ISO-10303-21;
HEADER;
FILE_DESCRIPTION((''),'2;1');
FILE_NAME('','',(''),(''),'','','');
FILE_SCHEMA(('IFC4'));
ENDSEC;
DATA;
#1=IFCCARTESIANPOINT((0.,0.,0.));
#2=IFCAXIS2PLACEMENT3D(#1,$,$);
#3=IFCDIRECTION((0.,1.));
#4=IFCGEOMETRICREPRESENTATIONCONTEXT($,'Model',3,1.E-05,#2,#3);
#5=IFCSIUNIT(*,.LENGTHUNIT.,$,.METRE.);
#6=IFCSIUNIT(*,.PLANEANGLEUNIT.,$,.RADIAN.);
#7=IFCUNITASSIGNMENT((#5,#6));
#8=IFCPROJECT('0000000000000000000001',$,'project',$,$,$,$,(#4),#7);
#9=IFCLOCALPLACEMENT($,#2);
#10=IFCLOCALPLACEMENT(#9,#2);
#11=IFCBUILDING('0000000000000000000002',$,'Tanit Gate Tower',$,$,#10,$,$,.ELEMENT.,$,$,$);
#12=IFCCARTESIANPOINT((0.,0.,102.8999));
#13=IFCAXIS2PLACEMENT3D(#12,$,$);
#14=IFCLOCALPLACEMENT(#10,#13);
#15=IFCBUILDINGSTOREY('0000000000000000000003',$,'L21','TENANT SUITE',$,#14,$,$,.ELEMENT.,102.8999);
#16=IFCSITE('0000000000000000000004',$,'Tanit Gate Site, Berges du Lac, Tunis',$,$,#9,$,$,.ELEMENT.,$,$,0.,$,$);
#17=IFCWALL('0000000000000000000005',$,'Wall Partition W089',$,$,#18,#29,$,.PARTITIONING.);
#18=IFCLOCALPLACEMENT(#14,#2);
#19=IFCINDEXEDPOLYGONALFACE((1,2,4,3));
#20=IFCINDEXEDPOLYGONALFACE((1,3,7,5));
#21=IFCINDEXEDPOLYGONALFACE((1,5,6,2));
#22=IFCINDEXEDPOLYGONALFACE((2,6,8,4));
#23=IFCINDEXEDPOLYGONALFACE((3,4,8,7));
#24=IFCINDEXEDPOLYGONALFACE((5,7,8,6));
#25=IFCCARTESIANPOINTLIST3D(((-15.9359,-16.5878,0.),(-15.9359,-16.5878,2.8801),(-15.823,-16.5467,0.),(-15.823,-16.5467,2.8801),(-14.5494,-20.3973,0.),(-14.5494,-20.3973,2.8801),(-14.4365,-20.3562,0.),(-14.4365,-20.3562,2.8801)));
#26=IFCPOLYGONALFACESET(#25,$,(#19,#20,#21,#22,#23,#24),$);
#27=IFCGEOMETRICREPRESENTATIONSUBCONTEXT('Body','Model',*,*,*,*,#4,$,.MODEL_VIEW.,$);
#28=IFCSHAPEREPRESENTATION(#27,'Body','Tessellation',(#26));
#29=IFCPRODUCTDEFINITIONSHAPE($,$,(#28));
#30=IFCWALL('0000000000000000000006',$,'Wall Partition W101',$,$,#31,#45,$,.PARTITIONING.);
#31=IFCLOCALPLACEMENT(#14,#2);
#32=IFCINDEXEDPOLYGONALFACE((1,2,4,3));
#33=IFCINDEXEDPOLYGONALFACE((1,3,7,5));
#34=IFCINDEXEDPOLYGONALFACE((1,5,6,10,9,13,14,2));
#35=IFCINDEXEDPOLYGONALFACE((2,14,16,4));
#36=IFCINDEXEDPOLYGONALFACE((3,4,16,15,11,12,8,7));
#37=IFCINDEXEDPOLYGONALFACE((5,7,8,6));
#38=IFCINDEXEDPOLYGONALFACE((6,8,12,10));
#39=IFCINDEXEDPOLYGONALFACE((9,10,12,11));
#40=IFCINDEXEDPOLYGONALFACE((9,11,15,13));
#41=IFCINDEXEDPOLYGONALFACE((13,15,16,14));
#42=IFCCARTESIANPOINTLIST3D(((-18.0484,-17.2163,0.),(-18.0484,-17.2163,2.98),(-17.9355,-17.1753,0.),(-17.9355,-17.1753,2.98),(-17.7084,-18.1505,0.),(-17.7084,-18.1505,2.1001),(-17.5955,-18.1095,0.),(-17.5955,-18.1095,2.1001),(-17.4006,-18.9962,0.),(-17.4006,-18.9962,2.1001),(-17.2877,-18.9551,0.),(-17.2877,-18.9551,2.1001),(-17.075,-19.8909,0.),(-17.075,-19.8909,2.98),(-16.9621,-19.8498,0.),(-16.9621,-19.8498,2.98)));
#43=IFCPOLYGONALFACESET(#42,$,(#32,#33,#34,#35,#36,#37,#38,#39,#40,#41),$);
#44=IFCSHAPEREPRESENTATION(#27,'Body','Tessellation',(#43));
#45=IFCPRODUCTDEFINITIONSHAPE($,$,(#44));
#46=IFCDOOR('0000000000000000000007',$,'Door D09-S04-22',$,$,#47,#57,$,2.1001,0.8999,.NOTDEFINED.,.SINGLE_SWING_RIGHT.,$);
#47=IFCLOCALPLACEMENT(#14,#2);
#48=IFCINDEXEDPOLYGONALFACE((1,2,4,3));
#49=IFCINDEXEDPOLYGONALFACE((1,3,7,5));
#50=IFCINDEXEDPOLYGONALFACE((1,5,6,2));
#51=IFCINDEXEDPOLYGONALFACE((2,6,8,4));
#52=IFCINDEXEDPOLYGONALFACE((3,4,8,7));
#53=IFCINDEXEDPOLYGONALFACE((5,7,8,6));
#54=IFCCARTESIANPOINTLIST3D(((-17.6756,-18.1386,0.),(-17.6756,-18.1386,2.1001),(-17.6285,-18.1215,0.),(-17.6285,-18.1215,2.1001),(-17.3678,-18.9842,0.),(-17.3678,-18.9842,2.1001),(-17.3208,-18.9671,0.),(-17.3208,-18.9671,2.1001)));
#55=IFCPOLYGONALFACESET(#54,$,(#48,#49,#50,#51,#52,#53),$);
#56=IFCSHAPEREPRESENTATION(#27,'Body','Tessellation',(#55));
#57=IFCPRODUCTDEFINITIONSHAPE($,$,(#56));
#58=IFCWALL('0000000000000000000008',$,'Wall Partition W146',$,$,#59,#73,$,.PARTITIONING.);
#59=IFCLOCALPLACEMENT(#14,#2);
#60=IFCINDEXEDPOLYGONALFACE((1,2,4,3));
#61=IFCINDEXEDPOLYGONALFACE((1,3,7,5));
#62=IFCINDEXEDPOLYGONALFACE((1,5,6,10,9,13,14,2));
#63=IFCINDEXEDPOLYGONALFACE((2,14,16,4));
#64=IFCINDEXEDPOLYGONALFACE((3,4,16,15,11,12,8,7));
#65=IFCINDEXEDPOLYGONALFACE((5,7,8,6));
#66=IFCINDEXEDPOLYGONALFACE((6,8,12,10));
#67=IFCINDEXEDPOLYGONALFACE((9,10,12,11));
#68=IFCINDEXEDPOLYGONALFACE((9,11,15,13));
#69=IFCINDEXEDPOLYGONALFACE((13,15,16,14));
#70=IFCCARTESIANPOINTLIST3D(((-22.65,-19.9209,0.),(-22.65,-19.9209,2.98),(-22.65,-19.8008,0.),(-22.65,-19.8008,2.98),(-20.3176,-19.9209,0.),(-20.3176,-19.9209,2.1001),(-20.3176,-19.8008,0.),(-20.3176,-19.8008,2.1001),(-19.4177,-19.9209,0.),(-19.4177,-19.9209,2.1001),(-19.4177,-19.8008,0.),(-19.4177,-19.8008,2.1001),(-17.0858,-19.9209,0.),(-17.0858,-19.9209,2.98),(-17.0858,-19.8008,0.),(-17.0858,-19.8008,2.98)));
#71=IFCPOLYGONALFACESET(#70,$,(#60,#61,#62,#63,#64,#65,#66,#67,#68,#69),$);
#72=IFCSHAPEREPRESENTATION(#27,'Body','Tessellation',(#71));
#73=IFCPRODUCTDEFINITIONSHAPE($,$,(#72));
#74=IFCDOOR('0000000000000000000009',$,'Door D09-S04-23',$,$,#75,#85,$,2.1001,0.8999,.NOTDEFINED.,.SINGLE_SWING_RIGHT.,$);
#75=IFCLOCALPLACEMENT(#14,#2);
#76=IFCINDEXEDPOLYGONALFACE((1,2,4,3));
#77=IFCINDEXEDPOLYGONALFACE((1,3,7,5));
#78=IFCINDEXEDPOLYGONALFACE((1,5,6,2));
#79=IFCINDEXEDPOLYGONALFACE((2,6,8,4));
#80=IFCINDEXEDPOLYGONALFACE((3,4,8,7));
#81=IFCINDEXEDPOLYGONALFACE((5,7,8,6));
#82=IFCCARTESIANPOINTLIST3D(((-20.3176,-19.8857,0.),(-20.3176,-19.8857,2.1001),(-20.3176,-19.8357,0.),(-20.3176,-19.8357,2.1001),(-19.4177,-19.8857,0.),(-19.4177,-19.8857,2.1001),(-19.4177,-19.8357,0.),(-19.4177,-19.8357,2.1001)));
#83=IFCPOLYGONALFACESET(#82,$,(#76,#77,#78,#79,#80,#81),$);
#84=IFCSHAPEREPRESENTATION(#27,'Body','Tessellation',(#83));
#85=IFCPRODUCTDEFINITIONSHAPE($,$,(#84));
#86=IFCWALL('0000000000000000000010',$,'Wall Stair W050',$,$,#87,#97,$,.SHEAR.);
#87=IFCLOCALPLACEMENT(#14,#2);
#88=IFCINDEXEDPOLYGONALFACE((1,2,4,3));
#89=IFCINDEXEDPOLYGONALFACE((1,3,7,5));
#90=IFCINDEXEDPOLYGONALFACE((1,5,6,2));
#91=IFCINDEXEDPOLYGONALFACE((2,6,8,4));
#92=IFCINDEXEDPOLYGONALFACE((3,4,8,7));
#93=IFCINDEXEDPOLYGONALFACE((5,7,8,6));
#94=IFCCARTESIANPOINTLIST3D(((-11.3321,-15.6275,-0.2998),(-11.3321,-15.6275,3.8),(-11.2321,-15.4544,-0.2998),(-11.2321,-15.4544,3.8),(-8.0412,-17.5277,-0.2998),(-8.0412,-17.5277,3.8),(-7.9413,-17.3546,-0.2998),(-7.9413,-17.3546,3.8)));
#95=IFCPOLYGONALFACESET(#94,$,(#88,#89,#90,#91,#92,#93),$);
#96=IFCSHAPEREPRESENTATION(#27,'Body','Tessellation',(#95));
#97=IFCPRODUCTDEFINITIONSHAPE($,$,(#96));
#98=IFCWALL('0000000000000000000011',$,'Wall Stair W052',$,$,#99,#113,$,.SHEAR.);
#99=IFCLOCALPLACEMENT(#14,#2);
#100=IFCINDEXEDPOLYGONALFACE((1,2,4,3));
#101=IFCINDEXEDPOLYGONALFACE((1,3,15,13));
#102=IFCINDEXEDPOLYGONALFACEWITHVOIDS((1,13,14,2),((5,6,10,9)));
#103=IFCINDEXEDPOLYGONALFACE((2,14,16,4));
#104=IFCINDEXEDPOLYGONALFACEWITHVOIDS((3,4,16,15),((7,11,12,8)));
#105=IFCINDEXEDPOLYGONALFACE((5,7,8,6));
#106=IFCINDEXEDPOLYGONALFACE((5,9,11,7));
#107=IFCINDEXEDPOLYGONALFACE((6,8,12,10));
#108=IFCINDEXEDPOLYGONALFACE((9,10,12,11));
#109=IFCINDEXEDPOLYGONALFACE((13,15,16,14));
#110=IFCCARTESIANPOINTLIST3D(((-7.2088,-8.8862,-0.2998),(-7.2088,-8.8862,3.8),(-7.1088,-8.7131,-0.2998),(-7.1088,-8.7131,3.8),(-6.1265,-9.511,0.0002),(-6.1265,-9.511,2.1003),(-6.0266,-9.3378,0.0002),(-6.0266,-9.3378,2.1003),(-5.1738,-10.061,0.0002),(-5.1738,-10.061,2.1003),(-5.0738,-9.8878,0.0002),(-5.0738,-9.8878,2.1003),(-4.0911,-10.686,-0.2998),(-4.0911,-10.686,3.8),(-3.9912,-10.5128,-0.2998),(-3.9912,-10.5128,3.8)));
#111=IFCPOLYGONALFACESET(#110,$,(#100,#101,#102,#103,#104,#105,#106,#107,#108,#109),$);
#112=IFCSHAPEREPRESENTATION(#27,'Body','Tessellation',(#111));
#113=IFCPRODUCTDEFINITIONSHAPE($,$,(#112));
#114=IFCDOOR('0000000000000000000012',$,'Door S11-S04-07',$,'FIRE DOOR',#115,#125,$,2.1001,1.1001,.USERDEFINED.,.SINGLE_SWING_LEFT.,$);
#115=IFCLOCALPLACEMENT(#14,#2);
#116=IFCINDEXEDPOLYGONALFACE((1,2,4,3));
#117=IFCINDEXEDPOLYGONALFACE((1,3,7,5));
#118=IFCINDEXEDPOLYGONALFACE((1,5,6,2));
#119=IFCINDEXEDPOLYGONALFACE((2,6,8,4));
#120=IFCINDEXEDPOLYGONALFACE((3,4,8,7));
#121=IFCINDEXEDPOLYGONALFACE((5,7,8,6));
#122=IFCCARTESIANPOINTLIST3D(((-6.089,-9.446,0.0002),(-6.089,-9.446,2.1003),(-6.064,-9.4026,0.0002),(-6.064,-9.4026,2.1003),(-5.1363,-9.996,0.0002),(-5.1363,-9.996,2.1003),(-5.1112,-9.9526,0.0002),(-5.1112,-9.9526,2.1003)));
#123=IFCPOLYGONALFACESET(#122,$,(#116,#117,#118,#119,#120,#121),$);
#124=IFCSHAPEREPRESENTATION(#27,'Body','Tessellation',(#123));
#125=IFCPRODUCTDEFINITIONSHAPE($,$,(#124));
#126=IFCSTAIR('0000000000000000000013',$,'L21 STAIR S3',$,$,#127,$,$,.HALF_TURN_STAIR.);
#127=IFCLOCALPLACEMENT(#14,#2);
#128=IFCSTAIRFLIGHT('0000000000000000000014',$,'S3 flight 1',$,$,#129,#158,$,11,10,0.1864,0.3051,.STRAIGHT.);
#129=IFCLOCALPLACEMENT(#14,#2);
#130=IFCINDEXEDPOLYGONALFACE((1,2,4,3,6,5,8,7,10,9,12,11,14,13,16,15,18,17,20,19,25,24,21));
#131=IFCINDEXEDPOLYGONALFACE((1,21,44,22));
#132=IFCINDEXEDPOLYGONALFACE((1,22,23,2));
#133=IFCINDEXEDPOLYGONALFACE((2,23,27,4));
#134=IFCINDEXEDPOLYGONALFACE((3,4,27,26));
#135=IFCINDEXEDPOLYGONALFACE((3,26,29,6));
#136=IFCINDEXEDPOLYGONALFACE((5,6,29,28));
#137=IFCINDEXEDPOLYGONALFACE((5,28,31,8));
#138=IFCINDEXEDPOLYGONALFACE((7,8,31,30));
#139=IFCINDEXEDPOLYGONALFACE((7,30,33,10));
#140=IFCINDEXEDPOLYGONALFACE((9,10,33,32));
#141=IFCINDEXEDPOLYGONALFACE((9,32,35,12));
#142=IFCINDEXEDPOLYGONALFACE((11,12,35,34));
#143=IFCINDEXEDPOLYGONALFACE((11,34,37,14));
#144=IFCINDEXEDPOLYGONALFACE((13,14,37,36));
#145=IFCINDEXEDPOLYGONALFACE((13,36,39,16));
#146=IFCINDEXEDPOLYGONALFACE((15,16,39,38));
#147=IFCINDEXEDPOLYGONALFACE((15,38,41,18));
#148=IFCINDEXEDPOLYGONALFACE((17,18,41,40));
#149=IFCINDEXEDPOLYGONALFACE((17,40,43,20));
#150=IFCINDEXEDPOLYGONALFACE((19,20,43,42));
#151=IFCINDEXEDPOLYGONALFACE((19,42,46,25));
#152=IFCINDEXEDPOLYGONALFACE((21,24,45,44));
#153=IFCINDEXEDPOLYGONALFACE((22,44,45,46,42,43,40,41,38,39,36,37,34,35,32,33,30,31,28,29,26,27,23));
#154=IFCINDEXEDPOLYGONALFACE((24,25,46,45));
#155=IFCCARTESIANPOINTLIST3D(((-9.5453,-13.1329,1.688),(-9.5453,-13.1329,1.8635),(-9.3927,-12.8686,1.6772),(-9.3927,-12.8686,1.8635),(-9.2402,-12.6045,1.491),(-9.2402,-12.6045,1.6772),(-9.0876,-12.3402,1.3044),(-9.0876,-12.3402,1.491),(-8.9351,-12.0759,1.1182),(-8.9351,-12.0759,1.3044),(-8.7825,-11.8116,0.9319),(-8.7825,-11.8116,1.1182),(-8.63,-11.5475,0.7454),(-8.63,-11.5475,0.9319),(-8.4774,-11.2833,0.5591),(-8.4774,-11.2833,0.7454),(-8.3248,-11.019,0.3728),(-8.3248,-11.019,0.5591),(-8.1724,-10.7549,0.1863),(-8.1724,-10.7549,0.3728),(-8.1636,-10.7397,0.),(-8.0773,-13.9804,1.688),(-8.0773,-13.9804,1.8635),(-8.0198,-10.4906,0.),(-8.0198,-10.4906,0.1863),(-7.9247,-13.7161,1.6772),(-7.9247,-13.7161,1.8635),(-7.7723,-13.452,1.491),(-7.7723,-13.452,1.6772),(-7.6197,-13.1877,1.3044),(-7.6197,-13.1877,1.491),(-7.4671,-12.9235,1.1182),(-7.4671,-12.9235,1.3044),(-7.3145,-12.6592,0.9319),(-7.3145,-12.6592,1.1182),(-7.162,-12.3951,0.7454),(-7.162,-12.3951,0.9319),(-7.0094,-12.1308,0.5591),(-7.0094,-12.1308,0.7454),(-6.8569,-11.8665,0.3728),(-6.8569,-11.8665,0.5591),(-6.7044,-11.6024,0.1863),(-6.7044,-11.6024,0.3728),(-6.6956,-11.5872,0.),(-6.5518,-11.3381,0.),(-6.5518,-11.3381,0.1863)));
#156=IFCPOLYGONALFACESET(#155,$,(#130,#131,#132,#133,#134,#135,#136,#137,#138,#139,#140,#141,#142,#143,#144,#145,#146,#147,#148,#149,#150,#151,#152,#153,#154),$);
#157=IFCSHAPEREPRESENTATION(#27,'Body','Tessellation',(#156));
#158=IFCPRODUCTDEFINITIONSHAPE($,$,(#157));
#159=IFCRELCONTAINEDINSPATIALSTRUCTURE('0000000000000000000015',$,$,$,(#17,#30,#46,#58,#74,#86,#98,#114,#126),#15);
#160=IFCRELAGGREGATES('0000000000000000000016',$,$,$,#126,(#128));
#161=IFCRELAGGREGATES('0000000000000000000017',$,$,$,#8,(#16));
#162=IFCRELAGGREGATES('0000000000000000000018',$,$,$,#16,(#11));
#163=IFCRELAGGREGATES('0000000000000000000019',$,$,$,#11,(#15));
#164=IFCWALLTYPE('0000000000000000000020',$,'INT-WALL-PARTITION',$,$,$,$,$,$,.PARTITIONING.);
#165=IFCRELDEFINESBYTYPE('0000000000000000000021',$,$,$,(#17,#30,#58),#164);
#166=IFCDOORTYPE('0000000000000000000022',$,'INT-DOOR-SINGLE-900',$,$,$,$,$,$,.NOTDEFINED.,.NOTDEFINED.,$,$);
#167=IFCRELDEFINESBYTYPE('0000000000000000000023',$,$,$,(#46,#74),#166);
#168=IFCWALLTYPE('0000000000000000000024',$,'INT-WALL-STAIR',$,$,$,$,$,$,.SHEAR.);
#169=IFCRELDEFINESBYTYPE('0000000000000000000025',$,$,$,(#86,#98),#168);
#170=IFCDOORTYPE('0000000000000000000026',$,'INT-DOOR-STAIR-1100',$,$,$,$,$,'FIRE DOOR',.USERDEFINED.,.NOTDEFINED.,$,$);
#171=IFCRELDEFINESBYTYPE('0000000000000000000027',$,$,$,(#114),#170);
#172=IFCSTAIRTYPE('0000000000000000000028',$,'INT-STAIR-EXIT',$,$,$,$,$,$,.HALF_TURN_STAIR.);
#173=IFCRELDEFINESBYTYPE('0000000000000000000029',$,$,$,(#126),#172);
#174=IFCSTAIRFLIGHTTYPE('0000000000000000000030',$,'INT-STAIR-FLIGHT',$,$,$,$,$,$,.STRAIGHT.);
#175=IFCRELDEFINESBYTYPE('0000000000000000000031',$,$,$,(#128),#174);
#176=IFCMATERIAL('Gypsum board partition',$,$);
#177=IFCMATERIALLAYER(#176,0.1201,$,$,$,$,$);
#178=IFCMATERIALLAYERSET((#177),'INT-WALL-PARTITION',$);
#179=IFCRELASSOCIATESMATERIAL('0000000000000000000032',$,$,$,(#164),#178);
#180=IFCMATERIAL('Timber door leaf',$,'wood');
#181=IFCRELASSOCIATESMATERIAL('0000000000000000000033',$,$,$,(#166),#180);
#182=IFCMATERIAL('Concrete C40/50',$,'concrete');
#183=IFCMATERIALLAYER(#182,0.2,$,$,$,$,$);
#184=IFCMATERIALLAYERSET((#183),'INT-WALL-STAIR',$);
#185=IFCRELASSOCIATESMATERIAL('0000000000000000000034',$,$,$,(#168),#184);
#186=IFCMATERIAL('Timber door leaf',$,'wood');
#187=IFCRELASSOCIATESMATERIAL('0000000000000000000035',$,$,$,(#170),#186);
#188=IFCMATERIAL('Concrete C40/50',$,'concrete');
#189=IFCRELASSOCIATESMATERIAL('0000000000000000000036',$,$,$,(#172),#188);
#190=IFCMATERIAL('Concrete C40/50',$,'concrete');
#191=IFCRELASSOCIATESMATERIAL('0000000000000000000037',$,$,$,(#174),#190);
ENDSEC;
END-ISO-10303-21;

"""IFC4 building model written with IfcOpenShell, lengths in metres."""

from ifc_helpers import new_model, si_unit, direction, frame, frame_2d, origin, place, context, subcontext, project, spatial, polyline, rectangle, outline, extrude, material, layer, layer_set, type_object, element, fill, aggregate, save


model = new_model("IFC4")

# Units and contexts
model_context = context("Model", 3, precision=1e-05, world=origin(), true_north=direction((0.0, 1.0)))
body_context = subcontext(model_context, "Body", "Model", "MODEL_VIEW")
ifc_project = project(units=[si_unit("LENGTHUNIT", "METRE"), si_unit("PLANEANGLEUNIT", "RADIAN")], contexts=[model_context])

# Site, building, storey
site_placement = place(None, origin())
site = spatial("IfcSite", under=ifc_project, at=site_placement, Name="Tanit Gate Site, Berges du Lac, Tunis", CompositionType="ELEMENT", RefElevation=0.0)
building_placement = place(site_placement, origin())
building = spatial("IfcBuilding", under=site, at=building_placement, Name="Tanit Gate Tower", CompositionType="ELEMENT")
storey_placement = place(building_placement, frame((0.0, 0.0, 102.8999)))
storey = spatial("IfcBuildingStorey", under=building, at=storey_placement, Name="L21", Description="TENANT SUITE", CompositionType="ELEMENT", Elevation=102.8999)

# Wall
ifc_material_1 = material(Name="Gypsum board partition")
ifc_layer_1 = layer(ifc_material_1, 0.1201)
ifc_layer_set_1 = layer_set([ifc_layer_1], Name="INT-WALL-PARTITION")
wall_type_1 = type_object("IfcWallType", Name="INT-WALL-PARTITION", PredefinedType="PARTITIONING", material=ifc_layer_set_1)
wall_1_placement = place(storey_placement, frame((-15.8794, -16.5674, 0.0), z_axis=(0.0, 0.0, 1.0), x_axis=(0.341999, -0.9397, 0.0)))
element("IfcWall", 1, at=wall_1_placement, inside=storey, type_object=wall_type_1, Name="Wall Partition W089", PredefinedType="PARTITIONING", context=body_context, shape_type="SweptSolid", body=[
    extrude(rectangle(XDim=4.054, YDim=0.1201, at=frame_2d((2.0269, 0.0))), origin(), (0.0, 0.0, 1.0), 2.8801),
])

# Walls, openings, doors
wall_2_placement = place(storey_placement, frame((-17.9919, -17.1958, 0.0), z_axis=(0.0, 0.0, 1.0), x_axis=(0.341998, -0.939701, 0.0)))
wall_2 = element("IfcWall", 2, at=wall_2_placement, inside=storey, type_object=wall_type_1, Name="Wall Partition W101", PredefinedType="PARTITIONING", context=body_context, shape_type="SweptSolid", body=[
    extrude(rectangle(XDim=2.8462, YDim=0.1201, at=frame_2d((1.4231, 0.0))), origin(), (0.0, 0.0, 1.0), 2.98),
])
opening_1_placement = place(wall_2_placement, frame((0.9941, 0.0, 0.0)))
opening_1 = element("IfcOpeningElement", 3, at=opening_1_placement, cuts=wall_2, PredefinedType="OPENING", context=body_context, shape_type="SweptSolid", body=[
    extrude(rectangle(XDim=0.8999, YDim=2.1001, at=frame_2d((0.45, 1.05))), frame((0.0, 0.0701, 0.0), z_axis=(0.0, -1.0, 0.0), x_axis=(1.0, 0.0, 0.0)), (0.0, 0.0, 1.0), 0.1401),
])
ifc_material_2 = material(Name="Timber door leaf", Category="wood")
door_type_1 = type_object("IfcDoorType", Name="INT-DOOR-SINGLE-900", OperationType="NOTDEFINED", PredefinedType="NOTDEFINED", material=ifc_material_2)
door_1_placement = place(opening_1_placement, origin())
door_1 = element("IfcDoor", 4, at=door_1_placement, inside=storey, type_object=door_type_1, Name="Door D09-S04-22", OperationType="SINGLE_SWING_RIGHT", OverallHeight=2.1001, OverallWidth=0.8999, PredefinedType="NOTDEFINED", context=body_context, shape_type="SweptSolid", body=[
    extrude(rectangle(XDim=0.8999, YDim=2.1001, at=frame_2d((0.45, 1.05))), frame((0.0, 0.0249, 0.0), z_axis=(0.0, -1.0, 0.0), x_axis=(1.0, 0.0, 0.0)), (0.0, 0.0, 1.0), 0.05),
])
fill(opening_1, door_1)
wall_3_placement = place(storey_placement, frame((-17.0857, -19.8608, 0.0), z_axis=(0.0, 0.0, 1.0), x_axis=(-1.0, 0.0, 0.0)))
wall_3 = element("IfcWall", 5, at=wall_3_placement, inside=storey, type_object=wall_type_1, Name="Wall Partition W146", PredefinedType="PARTITIONING", context=body_context, shape_type="SweptSolid", body=[
    extrude(rectangle(XDim=5.5642, YDim=0.1201, at=frame_2d((2.7822, 0.0))), origin(), (0.0, 0.0, 1.0), 2.98),
])
opening_2_placement = place(wall_3_placement, frame((2.332, 0.0, 0.0)))
opening_2 = element("IfcOpeningElement", 6, at=opening_2_placement, cuts=wall_3, PredefinedType="OPENING", context=body_context, shape_type="SweptSolid", body=[
    extrude(rectangle(XDim=0.8999, YDim=2.1001, at=frame_2d((0.45, 1.05))), frame((0.0, 0.0701, 0.0), z_axis=(0.0, -1.0, 0.0), x_axis=(1.0, 0.0, 0.0)), (0.0, 0.0, 1.0), 0.1401),
])
door_2_placement = place(opening_2_placement, origin())
door_2 = element("IfcDoor", 7, at=door_2_placement, inside=storey, type_object=door_type_1, Name="Door D09-S04-23", OperationType="SINGLE_SWING_RIGHT", OverallHeight=2.1001, OverallWidth=0.8999, PredefinedType="NOTDEFINED", context=body_context, shape_type="SweptSolid", body=[
    extrude(rectangle(XDim=0.8999, YDim=2.1001, at=frame_2d((0.45, 1.05))), frame((0.0, 0.0249, 0.0), z_axis=(0.0, -1.0, 0.0), x_axis=(1.0, 0.0, 0.0)), (0.0, 0.0, 1.0), 0.05),
])
fill(opening_2, door_2)

# Wall
ifc_material_3 = material(Name="Concrete C40/50", Category="concrete")
ifc_layer_2 = layer(ifc_material_3, 0.2)
ifc_layer_set_2 = layer_set([ifc_layer_2], Name="INT-WALL-STAIR")
wall_type_2 = type_object("IfcWallType", Name="INT-WALL-STAIR", PredefinedType="SHEAR", material=ifc_layer_set_2)
wall_4_placement = place(storey_placement, frame((-11.282, -15.541, -0.2998), z_axis=(0.0, 0.0, 1.0), x_axis=(0.866, -0.500043, 0.0)))
element("IfcWall", 8, at=wall_4_placement, inside=storey, type_object=wall_type_2, Name="Wall Stair W050", PredefinedType="SHEAR", context=body_context, shape_type="SweptSolid", body=[
    extrude(rectangle(XDim=3.8, YDim=0.2, at=frame_2d((1.8999, 0.0))), origin(), (0.0, 0.0, 1.0), 4.0999),
])

# Wall, opening, door
wall_5_placement = place(storey_placement, frame((-4.0413, -10.5994, -0.2998), z_axis=(0.0, 0.0, 1.0), x_axis=(-0.866048, 0.499961, 0.0)))
wall_5 = element("IfcWall", 9, at=wall_5_placement, inside=storey, type_object=wall_type_2, Name="Wall Stair W052", PredefinedType="SHEAR", context=body_context, shape_type="SweptSolid", body=[
    extrude(rectangle(XDim=3.5999, YDim=0.2, at=frame_2d((1.7998, 0.0))), origin(), (0.0, 0.0, 1.0), 4.0999),
])
opening_3_placement = place(wall_5_placement, frame((1.25, 0.0, 0.3)))
opening_3 = element("IfcOpeningElement", 10, at=opening_3_placement, cuts=wall_5, PredefinedType="OPENING", context=body_context, shape_type="SweptSolid", body=[
    extrude(rectangle(XDim=1.1001, YDim=2.1001, at=frame_2d((0.55, 1.05))), frame((0.0, 0.1099, 0.0), z_axis=(0.0, -1.0, 0.0), x_axis=(1.0, 0.0, 0.0)), (0.0, 0.0, 1.0), 0.22),
])
ifc_material_4 = material(Name="Timber door leaf", Category="wood")
door_type_2 = type_object("IfcDoorType", Name="INT-DOOR-STAIR-1100", ElementType="FIRE DOOR", OperationType="NOTDEFINED", PredefinedType="USERDEFINED", material=ifc_material_4)
door_3_placement = place(opening_3_placement, origin())
door_3 = element("IfcDoor", 11, at=door_3_placement, inside=storey, type_object=door_type_2, Name="Door S11-S04-07", ObjectType="FIRE DOOR", OperationType="SINGLE_SWING_LEFT", OverallHeight=2.1001, OverallWidth=1.1001, PredefinedType="USERDEFINED", context=body_context, shape_type="SweptSolid", body=[
    extrude(rectangle(XDim=1.1001, YDim=2.1001, at=frame_2d((0.55, 1.05))), frame((0.0, 0.0249, 0.0), z_axis=(0.0, -1.0, 0.0), x_axis=(1.0, 0.0, 0.0)), (0.0, 0.0, 1.0), 0.05),
])
fill(opening_3, door_3)

# Stair, stair flight
ifc_material_5 = material(Name="Concrete C40/50", Category="concrete")
stair_type = type_object("IfcStairType", Name="INT-STAIR-EXIT", PredefinedType="HALF_TURN_STAIR", material=ifc_material_5)
stair_placement = place(storey_placement, origin())
stair = element("IfcStair", 12, at=stair_placement, inside=storey, type_object=stair_type, Name="L21 STAIR S3", PredefinedType="HALF_TURN_STAIR")
ifc_material_6 = material(Name="Concrete C40/50", Category="concrete")
stair_flight_type = type_object("IfcStairFlightType", Name="INT-STAIR-FLIGHT", PredefinedType="STRAIGHT", material=ifc_material_6)
stair_flight_1_placement = place(storey_placement, frame((-7.2859, -10.9143, 0.0), z_axis=(0.0, 0.0, 1.0), x_axis=(-0.5, -0.866025, 0.0)))
stair_flight_1 = element("IfcStairFlight", 13, at=stair_flight_1_placement, type_object=stair_flight_type, Name="S3 flight 1", NumberOfRisers=11, NumberOfTreads=10, PredefinedType="STRAIGHT", RiserHeight=0.1864, TreadLength=0.3051, context=body_context, shape_type="SweptSolid", body=[
    extrude(outline(polyline([(0.0, 0.0), (0.0, 0.1863), (0.3052, 0.1863), (0.3052, 0.3728), (0.6101, 0.3728), (0.6101, 0.5591), (0.9153, 0.5591), (0.9153, 0.7454), (1.2205, 0.7454), (1.2205, 0.9319), (1.5254, 0.9319), (1.5254, 1.1182), (1.8306, 1.1182), (1.8306, 1.3044), (2.1357, 1.3044), (2.1357, 1.491), (2.4409, 1.491), (2.4409, 1.6772), (2.7458, 1.6772), (2.7458, 1.8635), (3.051, 1.8635), (3.051, 2.05), (3.051, 1.688), (0.2876, 0.0), (0.0, 0.0)])), frame((0.0, 0.8477, 0.0), z_axis=(0.0, -1.0, 0.0), x_axis=(1.0, 0.0, 0.0)), (0.0, 0.0, 1.0), 1.6951),
])
aggregate(stair, [stair_flight_1])

save(model, "model.ifc")
